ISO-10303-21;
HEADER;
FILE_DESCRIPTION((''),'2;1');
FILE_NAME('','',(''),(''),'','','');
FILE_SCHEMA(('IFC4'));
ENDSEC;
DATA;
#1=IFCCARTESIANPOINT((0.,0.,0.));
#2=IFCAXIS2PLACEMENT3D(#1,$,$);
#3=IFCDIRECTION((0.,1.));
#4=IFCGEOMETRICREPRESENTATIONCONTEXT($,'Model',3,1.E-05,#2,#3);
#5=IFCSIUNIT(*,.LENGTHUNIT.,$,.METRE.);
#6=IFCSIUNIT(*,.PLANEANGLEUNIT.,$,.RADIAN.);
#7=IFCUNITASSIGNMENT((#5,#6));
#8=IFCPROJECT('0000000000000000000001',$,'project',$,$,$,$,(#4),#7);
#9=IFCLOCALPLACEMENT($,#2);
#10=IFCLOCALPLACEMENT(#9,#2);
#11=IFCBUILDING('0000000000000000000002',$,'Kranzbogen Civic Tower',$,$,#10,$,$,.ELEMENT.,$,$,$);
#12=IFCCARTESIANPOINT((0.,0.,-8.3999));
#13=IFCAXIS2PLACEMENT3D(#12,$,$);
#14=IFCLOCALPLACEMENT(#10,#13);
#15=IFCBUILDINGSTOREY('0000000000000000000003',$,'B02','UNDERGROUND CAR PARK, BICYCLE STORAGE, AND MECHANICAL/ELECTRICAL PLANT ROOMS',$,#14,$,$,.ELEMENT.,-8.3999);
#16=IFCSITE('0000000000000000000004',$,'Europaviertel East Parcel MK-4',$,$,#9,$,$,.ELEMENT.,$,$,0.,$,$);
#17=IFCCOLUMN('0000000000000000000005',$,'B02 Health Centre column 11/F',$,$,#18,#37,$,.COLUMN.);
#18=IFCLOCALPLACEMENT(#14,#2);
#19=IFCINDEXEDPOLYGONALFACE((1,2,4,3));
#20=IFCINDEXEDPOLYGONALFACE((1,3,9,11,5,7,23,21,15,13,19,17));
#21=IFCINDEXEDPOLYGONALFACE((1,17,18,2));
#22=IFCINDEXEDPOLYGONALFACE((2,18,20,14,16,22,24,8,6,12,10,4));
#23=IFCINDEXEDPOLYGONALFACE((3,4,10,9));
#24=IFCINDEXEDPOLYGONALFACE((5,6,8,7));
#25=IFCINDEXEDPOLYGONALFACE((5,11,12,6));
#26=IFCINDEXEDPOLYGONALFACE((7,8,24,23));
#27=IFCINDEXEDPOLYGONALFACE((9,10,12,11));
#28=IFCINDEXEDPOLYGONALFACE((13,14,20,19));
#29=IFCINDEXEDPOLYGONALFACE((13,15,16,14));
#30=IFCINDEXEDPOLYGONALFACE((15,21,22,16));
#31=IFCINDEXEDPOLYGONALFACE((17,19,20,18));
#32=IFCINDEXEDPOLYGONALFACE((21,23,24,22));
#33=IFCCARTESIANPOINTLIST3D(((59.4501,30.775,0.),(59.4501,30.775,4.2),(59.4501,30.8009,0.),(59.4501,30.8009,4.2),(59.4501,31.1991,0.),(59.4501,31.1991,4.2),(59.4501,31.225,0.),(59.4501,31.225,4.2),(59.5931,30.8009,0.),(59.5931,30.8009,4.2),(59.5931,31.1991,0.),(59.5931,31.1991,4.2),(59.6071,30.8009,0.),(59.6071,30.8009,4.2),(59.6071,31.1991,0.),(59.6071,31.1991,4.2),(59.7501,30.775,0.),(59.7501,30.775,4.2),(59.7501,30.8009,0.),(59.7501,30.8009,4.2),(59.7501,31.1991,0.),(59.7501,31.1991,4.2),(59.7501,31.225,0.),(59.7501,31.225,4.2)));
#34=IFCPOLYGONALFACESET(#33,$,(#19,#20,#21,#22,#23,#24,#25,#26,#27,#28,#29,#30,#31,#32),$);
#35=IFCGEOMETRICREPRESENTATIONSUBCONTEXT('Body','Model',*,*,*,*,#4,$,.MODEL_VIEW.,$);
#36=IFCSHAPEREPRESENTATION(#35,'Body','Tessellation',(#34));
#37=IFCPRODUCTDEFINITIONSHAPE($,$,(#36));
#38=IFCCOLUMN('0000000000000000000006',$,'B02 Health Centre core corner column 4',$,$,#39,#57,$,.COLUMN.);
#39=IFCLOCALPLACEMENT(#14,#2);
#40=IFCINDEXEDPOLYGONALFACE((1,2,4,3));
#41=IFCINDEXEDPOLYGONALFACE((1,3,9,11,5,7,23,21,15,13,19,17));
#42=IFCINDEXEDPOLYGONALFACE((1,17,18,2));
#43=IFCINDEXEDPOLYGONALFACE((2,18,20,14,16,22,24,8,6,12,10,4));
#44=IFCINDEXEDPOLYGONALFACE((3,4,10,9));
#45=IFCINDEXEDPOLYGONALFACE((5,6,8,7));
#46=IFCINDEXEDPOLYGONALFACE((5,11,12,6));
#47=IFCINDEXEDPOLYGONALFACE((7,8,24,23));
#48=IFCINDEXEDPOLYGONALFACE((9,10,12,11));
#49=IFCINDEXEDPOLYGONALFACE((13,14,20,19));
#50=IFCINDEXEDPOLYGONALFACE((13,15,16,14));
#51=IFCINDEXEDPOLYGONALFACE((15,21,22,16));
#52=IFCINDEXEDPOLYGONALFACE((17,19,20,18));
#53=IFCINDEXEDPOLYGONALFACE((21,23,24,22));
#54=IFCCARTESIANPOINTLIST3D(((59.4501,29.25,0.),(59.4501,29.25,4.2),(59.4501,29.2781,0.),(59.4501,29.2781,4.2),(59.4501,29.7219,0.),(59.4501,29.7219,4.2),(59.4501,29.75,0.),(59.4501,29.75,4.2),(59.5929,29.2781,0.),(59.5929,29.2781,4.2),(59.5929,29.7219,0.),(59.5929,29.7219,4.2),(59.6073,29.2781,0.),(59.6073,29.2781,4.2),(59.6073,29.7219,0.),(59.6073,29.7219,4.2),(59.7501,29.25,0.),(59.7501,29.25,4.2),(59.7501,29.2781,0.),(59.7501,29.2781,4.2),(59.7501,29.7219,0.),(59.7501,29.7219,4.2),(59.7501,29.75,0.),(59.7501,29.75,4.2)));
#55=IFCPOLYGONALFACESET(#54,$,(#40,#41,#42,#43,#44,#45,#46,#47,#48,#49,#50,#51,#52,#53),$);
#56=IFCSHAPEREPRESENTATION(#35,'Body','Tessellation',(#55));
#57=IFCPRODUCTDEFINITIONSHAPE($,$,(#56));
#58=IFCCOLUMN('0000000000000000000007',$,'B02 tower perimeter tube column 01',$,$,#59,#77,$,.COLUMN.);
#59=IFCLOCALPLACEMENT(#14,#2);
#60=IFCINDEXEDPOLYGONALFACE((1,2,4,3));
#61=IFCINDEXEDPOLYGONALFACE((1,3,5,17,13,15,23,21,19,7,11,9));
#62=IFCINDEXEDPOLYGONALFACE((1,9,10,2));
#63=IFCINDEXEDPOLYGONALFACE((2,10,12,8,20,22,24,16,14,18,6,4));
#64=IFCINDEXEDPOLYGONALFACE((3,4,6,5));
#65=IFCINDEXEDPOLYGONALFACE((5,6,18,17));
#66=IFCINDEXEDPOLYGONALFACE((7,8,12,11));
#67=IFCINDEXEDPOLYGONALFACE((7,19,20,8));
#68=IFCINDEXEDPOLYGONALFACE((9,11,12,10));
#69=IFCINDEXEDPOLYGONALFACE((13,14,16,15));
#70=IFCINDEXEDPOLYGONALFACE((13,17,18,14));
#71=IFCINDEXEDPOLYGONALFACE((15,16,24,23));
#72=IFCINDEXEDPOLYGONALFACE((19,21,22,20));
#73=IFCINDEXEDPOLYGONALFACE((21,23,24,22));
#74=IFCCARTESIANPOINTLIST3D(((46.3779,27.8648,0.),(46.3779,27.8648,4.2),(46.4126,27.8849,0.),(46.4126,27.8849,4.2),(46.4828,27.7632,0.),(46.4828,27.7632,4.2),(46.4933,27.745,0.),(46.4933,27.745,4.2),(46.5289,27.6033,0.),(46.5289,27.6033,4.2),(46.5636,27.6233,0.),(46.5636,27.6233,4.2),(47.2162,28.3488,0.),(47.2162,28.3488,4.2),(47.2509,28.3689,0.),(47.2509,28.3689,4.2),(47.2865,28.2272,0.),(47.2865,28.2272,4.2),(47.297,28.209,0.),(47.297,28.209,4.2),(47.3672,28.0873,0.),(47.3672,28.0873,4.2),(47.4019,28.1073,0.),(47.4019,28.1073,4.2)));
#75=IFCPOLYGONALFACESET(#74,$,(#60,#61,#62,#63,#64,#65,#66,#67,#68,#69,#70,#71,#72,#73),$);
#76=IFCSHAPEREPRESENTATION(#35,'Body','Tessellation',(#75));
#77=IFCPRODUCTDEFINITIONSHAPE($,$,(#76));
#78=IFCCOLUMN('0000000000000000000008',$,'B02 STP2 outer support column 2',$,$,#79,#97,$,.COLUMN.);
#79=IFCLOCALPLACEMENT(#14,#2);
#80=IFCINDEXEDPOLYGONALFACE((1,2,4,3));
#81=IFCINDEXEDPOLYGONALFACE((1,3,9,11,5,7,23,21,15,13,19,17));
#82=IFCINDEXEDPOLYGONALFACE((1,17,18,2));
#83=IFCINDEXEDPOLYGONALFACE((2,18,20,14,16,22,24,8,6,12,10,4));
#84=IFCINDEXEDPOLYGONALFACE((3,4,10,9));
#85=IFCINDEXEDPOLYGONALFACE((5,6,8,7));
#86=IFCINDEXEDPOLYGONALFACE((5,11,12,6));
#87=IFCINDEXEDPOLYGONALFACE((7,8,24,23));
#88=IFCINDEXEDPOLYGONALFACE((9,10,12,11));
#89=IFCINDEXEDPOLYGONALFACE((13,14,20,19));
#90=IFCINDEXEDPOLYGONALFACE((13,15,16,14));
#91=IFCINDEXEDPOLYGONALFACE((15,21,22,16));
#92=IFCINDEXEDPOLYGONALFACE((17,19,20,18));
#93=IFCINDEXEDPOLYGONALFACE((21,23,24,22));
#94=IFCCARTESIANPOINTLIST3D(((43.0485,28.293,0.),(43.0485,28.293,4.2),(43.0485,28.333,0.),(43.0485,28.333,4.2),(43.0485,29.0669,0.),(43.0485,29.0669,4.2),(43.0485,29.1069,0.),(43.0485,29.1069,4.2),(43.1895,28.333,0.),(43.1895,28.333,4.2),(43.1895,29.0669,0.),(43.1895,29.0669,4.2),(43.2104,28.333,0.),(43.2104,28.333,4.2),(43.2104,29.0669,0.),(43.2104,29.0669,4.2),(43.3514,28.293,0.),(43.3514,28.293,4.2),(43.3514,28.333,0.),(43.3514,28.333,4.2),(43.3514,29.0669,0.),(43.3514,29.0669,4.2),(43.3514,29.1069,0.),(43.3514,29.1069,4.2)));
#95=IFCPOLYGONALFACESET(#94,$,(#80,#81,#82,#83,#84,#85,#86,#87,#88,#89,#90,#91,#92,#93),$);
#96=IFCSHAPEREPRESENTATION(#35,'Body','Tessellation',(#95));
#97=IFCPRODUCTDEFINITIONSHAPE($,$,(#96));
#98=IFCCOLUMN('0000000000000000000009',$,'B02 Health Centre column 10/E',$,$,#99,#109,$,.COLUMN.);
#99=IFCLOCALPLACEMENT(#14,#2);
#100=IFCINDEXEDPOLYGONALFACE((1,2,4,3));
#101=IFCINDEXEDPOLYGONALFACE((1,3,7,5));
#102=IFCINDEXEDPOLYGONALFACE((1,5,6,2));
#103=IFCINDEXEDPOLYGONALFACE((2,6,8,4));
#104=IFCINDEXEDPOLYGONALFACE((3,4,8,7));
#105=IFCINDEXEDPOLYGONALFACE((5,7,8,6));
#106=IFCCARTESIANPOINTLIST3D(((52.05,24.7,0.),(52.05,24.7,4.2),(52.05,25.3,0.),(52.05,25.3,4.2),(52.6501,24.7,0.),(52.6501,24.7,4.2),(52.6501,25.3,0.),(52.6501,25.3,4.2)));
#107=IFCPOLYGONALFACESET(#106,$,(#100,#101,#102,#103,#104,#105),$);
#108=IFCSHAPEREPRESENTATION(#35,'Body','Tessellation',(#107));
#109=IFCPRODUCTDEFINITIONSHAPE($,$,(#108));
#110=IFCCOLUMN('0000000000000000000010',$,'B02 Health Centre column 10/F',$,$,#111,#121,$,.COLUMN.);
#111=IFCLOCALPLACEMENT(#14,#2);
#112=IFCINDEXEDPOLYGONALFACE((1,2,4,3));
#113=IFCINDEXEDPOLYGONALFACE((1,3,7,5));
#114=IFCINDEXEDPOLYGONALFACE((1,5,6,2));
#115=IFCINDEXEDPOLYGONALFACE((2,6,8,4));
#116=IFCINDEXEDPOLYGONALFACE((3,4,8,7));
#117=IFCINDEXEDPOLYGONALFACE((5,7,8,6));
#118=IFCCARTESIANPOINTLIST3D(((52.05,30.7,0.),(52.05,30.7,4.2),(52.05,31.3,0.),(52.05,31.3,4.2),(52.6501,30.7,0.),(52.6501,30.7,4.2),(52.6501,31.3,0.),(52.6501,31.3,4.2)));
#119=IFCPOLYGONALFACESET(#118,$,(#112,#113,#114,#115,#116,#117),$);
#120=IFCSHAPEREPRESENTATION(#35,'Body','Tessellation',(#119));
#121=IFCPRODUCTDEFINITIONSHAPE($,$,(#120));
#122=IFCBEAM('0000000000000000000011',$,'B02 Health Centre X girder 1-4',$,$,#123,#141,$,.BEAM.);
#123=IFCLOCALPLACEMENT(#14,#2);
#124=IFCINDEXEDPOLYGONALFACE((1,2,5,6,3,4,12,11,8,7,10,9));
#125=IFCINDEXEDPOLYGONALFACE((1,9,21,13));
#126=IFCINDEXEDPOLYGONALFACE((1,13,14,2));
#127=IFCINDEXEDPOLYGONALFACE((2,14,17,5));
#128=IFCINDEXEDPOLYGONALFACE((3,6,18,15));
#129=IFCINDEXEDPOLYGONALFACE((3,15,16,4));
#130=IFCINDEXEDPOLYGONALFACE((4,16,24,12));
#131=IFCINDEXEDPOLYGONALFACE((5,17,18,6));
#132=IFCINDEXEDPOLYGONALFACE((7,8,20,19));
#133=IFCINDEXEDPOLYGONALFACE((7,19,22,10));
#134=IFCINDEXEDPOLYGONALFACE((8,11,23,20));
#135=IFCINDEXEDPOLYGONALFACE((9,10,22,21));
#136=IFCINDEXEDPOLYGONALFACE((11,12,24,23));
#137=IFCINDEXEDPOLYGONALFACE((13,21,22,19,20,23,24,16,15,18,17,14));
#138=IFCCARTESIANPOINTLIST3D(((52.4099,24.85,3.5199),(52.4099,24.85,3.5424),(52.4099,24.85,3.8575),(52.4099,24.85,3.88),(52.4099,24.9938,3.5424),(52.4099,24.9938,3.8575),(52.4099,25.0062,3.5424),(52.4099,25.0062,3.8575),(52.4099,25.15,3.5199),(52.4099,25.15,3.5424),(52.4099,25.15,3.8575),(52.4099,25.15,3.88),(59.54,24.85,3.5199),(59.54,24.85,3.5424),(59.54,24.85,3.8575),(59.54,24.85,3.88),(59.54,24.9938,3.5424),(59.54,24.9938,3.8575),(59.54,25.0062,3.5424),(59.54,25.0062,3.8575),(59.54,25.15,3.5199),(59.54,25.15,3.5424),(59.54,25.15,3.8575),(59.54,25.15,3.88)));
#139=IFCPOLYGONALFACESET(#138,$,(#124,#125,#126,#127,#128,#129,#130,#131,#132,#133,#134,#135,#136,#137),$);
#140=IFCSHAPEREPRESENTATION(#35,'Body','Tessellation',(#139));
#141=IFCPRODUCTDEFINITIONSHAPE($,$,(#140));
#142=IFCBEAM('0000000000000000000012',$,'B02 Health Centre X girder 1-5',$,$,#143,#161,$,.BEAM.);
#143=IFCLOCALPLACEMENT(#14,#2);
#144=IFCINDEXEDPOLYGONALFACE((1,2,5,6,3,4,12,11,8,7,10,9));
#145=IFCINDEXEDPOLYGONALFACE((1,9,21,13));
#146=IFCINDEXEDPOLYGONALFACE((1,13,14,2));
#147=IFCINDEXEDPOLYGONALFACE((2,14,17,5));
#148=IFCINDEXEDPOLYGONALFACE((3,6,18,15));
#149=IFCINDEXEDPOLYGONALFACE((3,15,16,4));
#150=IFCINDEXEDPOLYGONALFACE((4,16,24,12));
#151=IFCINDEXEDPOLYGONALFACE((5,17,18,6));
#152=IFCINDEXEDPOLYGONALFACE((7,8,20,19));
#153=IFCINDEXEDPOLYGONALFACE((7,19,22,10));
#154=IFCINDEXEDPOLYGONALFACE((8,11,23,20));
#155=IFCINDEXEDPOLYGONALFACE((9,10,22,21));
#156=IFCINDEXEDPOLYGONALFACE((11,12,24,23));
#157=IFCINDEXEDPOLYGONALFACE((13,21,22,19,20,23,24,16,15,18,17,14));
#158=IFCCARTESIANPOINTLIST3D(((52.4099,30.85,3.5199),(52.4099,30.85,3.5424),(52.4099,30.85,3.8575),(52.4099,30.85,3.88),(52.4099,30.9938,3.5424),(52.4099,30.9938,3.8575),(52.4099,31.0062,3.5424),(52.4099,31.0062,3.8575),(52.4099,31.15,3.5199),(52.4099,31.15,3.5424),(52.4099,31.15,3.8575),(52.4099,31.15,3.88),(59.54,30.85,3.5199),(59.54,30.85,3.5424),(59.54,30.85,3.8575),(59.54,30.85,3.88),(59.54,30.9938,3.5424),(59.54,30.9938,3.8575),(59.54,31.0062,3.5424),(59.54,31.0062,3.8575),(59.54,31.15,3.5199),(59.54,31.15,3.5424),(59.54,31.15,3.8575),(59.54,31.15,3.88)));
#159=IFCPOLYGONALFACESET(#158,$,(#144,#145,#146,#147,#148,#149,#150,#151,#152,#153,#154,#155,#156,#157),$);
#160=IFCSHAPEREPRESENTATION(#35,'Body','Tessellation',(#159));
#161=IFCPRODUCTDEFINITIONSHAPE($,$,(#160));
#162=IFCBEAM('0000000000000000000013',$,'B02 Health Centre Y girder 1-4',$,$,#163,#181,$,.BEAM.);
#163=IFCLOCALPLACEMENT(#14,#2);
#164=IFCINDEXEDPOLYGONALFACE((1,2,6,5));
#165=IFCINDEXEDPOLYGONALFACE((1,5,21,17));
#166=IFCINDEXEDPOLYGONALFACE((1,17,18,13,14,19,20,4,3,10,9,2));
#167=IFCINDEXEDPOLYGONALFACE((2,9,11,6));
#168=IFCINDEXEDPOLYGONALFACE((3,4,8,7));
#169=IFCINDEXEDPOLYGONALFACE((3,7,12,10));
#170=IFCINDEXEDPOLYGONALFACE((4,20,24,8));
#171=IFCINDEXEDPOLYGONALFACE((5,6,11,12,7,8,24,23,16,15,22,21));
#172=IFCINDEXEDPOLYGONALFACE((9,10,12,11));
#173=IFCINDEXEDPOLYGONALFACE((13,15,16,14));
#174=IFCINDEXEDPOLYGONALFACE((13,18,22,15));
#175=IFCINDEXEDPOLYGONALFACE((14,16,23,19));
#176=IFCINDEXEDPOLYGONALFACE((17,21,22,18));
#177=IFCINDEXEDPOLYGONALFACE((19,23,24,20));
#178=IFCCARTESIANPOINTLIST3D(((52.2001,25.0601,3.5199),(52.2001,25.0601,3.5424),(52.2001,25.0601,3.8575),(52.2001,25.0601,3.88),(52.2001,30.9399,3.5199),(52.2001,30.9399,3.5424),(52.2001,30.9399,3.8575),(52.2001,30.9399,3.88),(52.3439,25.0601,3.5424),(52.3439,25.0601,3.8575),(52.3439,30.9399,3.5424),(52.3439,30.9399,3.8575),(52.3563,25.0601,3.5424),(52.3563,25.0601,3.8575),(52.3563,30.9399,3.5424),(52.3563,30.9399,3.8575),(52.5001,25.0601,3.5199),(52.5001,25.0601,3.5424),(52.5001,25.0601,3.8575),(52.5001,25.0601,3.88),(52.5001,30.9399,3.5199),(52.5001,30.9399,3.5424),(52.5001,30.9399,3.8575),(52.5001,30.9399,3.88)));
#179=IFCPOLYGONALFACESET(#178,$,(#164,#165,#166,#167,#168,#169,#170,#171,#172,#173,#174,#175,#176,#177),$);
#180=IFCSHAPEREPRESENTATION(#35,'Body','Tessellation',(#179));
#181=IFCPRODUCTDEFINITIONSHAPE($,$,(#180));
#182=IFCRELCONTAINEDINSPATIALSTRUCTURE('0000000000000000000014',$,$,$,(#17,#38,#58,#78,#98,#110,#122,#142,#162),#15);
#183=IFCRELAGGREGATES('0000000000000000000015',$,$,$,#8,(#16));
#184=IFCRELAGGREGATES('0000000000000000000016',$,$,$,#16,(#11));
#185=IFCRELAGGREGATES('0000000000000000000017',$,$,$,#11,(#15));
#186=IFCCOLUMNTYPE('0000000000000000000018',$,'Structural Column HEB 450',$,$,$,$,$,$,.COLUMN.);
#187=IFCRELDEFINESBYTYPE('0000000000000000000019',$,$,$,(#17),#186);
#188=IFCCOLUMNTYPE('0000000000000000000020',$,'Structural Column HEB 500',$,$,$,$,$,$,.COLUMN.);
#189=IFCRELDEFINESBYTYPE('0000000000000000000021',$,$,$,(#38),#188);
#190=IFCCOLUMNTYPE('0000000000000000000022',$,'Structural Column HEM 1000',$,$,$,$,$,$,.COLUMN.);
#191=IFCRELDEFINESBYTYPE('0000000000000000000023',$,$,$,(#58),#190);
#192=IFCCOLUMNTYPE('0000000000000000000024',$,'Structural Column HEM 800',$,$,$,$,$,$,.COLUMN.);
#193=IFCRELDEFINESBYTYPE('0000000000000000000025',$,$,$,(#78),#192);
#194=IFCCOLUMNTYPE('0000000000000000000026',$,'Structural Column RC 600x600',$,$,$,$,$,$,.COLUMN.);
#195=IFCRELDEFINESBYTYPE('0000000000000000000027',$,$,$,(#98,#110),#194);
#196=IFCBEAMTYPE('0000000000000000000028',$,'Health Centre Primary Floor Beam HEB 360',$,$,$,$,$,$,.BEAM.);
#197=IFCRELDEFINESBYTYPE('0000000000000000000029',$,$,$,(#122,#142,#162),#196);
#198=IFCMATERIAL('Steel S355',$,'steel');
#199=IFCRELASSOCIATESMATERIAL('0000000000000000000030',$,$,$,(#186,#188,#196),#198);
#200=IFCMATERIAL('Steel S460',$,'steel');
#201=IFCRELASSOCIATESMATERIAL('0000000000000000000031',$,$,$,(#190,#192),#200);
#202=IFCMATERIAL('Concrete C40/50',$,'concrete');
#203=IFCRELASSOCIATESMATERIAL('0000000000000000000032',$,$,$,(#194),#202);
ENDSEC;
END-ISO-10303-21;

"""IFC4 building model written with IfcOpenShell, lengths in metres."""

from ifc_helpers import new_model, si_unit, direction, frame, origin, origin_2d, place, context, subcontext, project, spatial, rectangle, i_section, extrude, material, material_profile, profile_set, type_object, element, save


model = new_model("IFC4")

# Units and contexts
model_context = context("Model", 3, precision=1e-05, world=origin(), true_north=direction((0.0, 1.0)))
body_context = subcontext(model_context, "Body", "Model", "MODEL_VIEW")
ifc_project = project(units=[si_unit("LENGTHUNIT", "METRE"), si_unit("PLANEANGLEUNIT", "RADIAN")], contexts=[model_context])

# Site, building, storey
site_placement = place(None, origin())
site = spatial("IfcSite", under=ifc_project, at=site_placement, Name="Europaviertel East Parcel MK-4", CompositionType="ELEMENT", RefElevation=0.0)
building_placement = place(site_placement, origin())
building = spatial("IfcBuilding", under=site, at=building_placement, Name="Kranzbogen Civic Tower", CompositionType="ELEMENT")
storey_placement = place(building_placement, frame((0.0, 0.0, -8.3999)))
storey = spatial("IfcBuildingStorey", under=building, at=storey_placement, Name="B02", Description="UNDERGROUND CAR PARK, BICYCLE STORAGE, AND MECHANICAL/ELECTRICAL PLANT ROOMS", CompositionType="ELEMENT", Elevation=-8.3999)

# Shared definitions
ifc_material_1 = material(Name="Concrete C40/50", Category="concrete")

# Columns
ifc_material_2 = material(Name="Steel S355", Category="steel")
ifc_material_profile_1 = material_profile(ifc_material_2, i_section(OverallWidth=0.3, OverallDepth=0.45, WebThickness=0.0139, FlangeThickness=0.0259, at=origin_2d()), Name="HEB 450")
ifc_profile_set_1 = profile_set([ifc_material_profile_1], Name="Steel S355")
column_type_1 = type_object("IfcColumnType", Name="Structural Column HEB 450", PredefinedType="COLUMN", material=ifc_profile_set_1)
for number, where, z_axis, x_axis, name in (
    (1, (59.6001, 31.0, 0.0), (0.0, 0.0, 1.0), (1.0, 0.0, 0.0), "B02 Health Centre column 11/F"),
):
    element("IfcColumn", number, at=place(storey_placement, frame(where, z_axis=z_axis, x_axis=x_axis)), inside=storey, type_object=column_type_1, Name=name, PredefinedType="COLUMN", context=body_context, shape_type="SweptSolid", body=[
        extrude(i_section(OverallWidth=0.3, OverallDepth=0.45, WebThickness=0.0139, FlangeThickness=0.0259, at=origin_2d()), origin(), (0.0, 0.0, 1.0), 4.2),
    ])
ifc_material_profile_2 = material_profile(ifc_material_2, i_section(OverallWidth=0.3, OverallDepth=0.5, WebThickness=0.0144, FlangeThickness=0.0281, at=origin_2d()), Name="HEB 500")
ifc_profile_set_2 = profile_set([ifc_material_profile_2], Name="Steel S355")
column_type_2 = type_object("IfcColumnType", Name="Structural Column HEB 500", PredefinedType="COLUMN", material=ifc_profile_set_2)
column_1_placement = place(storey_placement, frame((59.6001, 29.5, 0.0), z_axis=(0.0, 0.0, 1.0), x_axis=(1.0, 0.0, 0.0)))
element("IfcColumn", 2, at=column_1_placement, inside=storey, type_object=column_type_2, Name="B02 Health Centre core corner column 4", PredefinedType="COLUMN", context=body_context, shape_type="SweptSolid", body=[
    extrude(i_section(OverallWidth=0.3, OverallDepth=0.5, WebThickness=0.0144, FlangeThickness=0.0281, at=origin_2d()), origin(), (0.0, 0.0, 1.0), 4.2),
])
ifc_material_3 = material(Name="Steel S460", Category="steel")
ifc_material_profile_3 = material_profile(ifc_material_3, i_section(OverallWidth=0.302, OverallDepth=1.0081, WebThickness=0.021, FlangeThickness=0.04, at=origin_2d()), Name="HEM 1000")
ifc_profile_set_3 = profile_set([ifc_material_profile_3], Name="Steel S460")
column_type_3 = type_object("IfcColumnType", Name="Structural Column HEM 1000", PredefinedType="COLUMN", material=ifc_profile_set_3)
column_2_placement = place(storey_placement, frame((46.8899, 27.9861, 0.0), z_axis=(0.0, 0.0, 1.0), x_axis=(-0.5, 0.866025, 0.0)))
element("IfcColumn", 3, at=column_2_placement, inside=storey, type_object=column_type_3, Name="B02 tower perimeter tube column 01", PredefinedType="COLUMN", context=body_context, shape_type="SweptSolid", body=[
    extrude(i_section(OverallWidth=0.302, OverallDepth=1.0081, WebThickness=0.021, FlangeThickness=0.04, at=origin_2d()), origin(), (0.0, 0.0, 1.0), 4.2),
])
ifc_material_profile_4 = material_profile(ifc_material_3, i_section(OverallWidth=0.303, OverallDepth=0.814, WebThickness=0.021, FlangeThickness=0.04, at=origin_2d()), Name="HEM 800")
ifc_profile_set_4 = profile_set([ifc_material_profile_4], Name="Steel S460")
column_type_4 = type_object("IfcColumnType", Name="Structural Column HEM 800", PredefinedType="COLUMN", material=ifc_profile_set_4)
column_3_placement = place(storey_placement, frame((43.2, 28.7, 0.0), z_axis=(0.0, 0.0, 1.0), x_axis=(1.0, 0.0, 0.0)))
element("IfcColumn", 4, at=column_3_placement, inside=storey, type_object=column_type_4, Name="B02 STP2 outer support column 2", PredefinedType="COLUMN", context=body_context, shape_type="SweptSolid", body=[
    extrude(i_section(OverallWidth=0.303, OverallDepth=0.814, WebThickness=0.021, FlangeThickness=0.04, at=origin_2d()), origin(), (0.0, 0.0, 1.0), 4.2),
])
ifc_material_profile_5 = material_profile(ifc_material_1, rectangle(XDim=0.6001, YDim=0.6001, at=origin_2d()), Name="RC 600x600")
ifc_profile_set_5 = profile_set([ifc_material_profile_5], Name="Concrete C40/50")
column_type_5 = type_object("IfcColumnType", Name="Structural Column RC 600x600", PredefinedType="COLUMN", material=ifc_profile_set_5)
for number, where, z_axis, x_axis, name in (
    (5, (52.3501, 25.0, 0.0), (0.0, 0.0, 1.0), (1.0, 0.0, 0.0), "B02 Health Centre column 10/E"),
    (6, (52.3501, 31.0, 0.0), (0.0, 0.0, 1.0), (1.0, 0.0, 0.0), "B02 Health Centre column 10/F"),
):
    element("IfcColumn", number, at=place(storey_placement, frame(where, z_axis=z_axis, x_axis=x_axis)), inside=storey, type_object=column_type_5, Name=name, PredefinedType="COLUMN", context=body_context, shape_type="SweptSolid", body=[
        extrude(rectangle(XDim=0.6001, YDim=0.6001, at=origin_2d()), origin(), (0.0, 0.0, 1.0), 4.2),
    ])

# Beams
ifc_material_profile_6 = material_profile(ifc_material_2, i_section(OverallWidth=0.3, OverallDepth=0.3601, WebThickness=0.0125, FlangeThickness=0.0225, at=origin_2d()), Name="HEB 360")
ifc_profile_set_6 = profile_set([ifc_material_profile_6], Name="Steel S355")
beam_type_1 = type_object("IfcBeamType", Name="Health Centre Primary Floor Beam HEB 360", PredefinedType="BEAM", material=ifc_profile_set_6)
for number, where, z_axis, x_axis, name in (
    (7, (52.4099, 25.0, 3.7), (1.0, 0.0, 0.0), (0.0, 1.0, 0.0), "B02 Health Centre X girder 1-4"),
    (8, (52.4099, 31.0, 3.7), (1.0, 0.0, 0.0), (0.0, 1.0, 0.0), "B02 Health Centre X girder 1-5"),
):
    element("IfcBeam", number, at=place(storey_placement, frame(where, z_axis=z_axis, x_axis=x_axis)), inside=storey, type_object=beam_type_1, Name=name, PredefinedType="BEAM", context=body_context, shape_type="SweptSolid", body=[
        extrude(i_section(OverallWidth=0.3, OverallDepth=0.3601, WebThickness=0.0125, FlangeThickness=0.0225, at=origin_2d()), origin(), (0.0, 0.0, 1.0), 7.1301),
    ])
for number, where, z_axis, x_axis, name in (
    (9, (52.3501, 25.0601, 3.7), (0.0, 1.0, 0.0), (-1.0, 0.0, 0.0), "B02 Health Centre Y girder 1-4"),
):
    element("IfcBeam", number, at=place(storey_placement, frame(where, z_axis=z_axis, x_axis=x_axis)), inside=storey, type_object=beam_type_1, Name=name, PredefinedType="BEAM", context=body_context, shape_type="SweptSolid", body=[
        extrude(i_section(OverallWidth=0.3, OverallDepth=0.3601, WebThickness=0.0125, FlangeThickness=0.0225, at=origin_2d()), origin(), (0.0, 0.0, 1.0), 5.8799),
    ])

save(model, "model.ifc")
